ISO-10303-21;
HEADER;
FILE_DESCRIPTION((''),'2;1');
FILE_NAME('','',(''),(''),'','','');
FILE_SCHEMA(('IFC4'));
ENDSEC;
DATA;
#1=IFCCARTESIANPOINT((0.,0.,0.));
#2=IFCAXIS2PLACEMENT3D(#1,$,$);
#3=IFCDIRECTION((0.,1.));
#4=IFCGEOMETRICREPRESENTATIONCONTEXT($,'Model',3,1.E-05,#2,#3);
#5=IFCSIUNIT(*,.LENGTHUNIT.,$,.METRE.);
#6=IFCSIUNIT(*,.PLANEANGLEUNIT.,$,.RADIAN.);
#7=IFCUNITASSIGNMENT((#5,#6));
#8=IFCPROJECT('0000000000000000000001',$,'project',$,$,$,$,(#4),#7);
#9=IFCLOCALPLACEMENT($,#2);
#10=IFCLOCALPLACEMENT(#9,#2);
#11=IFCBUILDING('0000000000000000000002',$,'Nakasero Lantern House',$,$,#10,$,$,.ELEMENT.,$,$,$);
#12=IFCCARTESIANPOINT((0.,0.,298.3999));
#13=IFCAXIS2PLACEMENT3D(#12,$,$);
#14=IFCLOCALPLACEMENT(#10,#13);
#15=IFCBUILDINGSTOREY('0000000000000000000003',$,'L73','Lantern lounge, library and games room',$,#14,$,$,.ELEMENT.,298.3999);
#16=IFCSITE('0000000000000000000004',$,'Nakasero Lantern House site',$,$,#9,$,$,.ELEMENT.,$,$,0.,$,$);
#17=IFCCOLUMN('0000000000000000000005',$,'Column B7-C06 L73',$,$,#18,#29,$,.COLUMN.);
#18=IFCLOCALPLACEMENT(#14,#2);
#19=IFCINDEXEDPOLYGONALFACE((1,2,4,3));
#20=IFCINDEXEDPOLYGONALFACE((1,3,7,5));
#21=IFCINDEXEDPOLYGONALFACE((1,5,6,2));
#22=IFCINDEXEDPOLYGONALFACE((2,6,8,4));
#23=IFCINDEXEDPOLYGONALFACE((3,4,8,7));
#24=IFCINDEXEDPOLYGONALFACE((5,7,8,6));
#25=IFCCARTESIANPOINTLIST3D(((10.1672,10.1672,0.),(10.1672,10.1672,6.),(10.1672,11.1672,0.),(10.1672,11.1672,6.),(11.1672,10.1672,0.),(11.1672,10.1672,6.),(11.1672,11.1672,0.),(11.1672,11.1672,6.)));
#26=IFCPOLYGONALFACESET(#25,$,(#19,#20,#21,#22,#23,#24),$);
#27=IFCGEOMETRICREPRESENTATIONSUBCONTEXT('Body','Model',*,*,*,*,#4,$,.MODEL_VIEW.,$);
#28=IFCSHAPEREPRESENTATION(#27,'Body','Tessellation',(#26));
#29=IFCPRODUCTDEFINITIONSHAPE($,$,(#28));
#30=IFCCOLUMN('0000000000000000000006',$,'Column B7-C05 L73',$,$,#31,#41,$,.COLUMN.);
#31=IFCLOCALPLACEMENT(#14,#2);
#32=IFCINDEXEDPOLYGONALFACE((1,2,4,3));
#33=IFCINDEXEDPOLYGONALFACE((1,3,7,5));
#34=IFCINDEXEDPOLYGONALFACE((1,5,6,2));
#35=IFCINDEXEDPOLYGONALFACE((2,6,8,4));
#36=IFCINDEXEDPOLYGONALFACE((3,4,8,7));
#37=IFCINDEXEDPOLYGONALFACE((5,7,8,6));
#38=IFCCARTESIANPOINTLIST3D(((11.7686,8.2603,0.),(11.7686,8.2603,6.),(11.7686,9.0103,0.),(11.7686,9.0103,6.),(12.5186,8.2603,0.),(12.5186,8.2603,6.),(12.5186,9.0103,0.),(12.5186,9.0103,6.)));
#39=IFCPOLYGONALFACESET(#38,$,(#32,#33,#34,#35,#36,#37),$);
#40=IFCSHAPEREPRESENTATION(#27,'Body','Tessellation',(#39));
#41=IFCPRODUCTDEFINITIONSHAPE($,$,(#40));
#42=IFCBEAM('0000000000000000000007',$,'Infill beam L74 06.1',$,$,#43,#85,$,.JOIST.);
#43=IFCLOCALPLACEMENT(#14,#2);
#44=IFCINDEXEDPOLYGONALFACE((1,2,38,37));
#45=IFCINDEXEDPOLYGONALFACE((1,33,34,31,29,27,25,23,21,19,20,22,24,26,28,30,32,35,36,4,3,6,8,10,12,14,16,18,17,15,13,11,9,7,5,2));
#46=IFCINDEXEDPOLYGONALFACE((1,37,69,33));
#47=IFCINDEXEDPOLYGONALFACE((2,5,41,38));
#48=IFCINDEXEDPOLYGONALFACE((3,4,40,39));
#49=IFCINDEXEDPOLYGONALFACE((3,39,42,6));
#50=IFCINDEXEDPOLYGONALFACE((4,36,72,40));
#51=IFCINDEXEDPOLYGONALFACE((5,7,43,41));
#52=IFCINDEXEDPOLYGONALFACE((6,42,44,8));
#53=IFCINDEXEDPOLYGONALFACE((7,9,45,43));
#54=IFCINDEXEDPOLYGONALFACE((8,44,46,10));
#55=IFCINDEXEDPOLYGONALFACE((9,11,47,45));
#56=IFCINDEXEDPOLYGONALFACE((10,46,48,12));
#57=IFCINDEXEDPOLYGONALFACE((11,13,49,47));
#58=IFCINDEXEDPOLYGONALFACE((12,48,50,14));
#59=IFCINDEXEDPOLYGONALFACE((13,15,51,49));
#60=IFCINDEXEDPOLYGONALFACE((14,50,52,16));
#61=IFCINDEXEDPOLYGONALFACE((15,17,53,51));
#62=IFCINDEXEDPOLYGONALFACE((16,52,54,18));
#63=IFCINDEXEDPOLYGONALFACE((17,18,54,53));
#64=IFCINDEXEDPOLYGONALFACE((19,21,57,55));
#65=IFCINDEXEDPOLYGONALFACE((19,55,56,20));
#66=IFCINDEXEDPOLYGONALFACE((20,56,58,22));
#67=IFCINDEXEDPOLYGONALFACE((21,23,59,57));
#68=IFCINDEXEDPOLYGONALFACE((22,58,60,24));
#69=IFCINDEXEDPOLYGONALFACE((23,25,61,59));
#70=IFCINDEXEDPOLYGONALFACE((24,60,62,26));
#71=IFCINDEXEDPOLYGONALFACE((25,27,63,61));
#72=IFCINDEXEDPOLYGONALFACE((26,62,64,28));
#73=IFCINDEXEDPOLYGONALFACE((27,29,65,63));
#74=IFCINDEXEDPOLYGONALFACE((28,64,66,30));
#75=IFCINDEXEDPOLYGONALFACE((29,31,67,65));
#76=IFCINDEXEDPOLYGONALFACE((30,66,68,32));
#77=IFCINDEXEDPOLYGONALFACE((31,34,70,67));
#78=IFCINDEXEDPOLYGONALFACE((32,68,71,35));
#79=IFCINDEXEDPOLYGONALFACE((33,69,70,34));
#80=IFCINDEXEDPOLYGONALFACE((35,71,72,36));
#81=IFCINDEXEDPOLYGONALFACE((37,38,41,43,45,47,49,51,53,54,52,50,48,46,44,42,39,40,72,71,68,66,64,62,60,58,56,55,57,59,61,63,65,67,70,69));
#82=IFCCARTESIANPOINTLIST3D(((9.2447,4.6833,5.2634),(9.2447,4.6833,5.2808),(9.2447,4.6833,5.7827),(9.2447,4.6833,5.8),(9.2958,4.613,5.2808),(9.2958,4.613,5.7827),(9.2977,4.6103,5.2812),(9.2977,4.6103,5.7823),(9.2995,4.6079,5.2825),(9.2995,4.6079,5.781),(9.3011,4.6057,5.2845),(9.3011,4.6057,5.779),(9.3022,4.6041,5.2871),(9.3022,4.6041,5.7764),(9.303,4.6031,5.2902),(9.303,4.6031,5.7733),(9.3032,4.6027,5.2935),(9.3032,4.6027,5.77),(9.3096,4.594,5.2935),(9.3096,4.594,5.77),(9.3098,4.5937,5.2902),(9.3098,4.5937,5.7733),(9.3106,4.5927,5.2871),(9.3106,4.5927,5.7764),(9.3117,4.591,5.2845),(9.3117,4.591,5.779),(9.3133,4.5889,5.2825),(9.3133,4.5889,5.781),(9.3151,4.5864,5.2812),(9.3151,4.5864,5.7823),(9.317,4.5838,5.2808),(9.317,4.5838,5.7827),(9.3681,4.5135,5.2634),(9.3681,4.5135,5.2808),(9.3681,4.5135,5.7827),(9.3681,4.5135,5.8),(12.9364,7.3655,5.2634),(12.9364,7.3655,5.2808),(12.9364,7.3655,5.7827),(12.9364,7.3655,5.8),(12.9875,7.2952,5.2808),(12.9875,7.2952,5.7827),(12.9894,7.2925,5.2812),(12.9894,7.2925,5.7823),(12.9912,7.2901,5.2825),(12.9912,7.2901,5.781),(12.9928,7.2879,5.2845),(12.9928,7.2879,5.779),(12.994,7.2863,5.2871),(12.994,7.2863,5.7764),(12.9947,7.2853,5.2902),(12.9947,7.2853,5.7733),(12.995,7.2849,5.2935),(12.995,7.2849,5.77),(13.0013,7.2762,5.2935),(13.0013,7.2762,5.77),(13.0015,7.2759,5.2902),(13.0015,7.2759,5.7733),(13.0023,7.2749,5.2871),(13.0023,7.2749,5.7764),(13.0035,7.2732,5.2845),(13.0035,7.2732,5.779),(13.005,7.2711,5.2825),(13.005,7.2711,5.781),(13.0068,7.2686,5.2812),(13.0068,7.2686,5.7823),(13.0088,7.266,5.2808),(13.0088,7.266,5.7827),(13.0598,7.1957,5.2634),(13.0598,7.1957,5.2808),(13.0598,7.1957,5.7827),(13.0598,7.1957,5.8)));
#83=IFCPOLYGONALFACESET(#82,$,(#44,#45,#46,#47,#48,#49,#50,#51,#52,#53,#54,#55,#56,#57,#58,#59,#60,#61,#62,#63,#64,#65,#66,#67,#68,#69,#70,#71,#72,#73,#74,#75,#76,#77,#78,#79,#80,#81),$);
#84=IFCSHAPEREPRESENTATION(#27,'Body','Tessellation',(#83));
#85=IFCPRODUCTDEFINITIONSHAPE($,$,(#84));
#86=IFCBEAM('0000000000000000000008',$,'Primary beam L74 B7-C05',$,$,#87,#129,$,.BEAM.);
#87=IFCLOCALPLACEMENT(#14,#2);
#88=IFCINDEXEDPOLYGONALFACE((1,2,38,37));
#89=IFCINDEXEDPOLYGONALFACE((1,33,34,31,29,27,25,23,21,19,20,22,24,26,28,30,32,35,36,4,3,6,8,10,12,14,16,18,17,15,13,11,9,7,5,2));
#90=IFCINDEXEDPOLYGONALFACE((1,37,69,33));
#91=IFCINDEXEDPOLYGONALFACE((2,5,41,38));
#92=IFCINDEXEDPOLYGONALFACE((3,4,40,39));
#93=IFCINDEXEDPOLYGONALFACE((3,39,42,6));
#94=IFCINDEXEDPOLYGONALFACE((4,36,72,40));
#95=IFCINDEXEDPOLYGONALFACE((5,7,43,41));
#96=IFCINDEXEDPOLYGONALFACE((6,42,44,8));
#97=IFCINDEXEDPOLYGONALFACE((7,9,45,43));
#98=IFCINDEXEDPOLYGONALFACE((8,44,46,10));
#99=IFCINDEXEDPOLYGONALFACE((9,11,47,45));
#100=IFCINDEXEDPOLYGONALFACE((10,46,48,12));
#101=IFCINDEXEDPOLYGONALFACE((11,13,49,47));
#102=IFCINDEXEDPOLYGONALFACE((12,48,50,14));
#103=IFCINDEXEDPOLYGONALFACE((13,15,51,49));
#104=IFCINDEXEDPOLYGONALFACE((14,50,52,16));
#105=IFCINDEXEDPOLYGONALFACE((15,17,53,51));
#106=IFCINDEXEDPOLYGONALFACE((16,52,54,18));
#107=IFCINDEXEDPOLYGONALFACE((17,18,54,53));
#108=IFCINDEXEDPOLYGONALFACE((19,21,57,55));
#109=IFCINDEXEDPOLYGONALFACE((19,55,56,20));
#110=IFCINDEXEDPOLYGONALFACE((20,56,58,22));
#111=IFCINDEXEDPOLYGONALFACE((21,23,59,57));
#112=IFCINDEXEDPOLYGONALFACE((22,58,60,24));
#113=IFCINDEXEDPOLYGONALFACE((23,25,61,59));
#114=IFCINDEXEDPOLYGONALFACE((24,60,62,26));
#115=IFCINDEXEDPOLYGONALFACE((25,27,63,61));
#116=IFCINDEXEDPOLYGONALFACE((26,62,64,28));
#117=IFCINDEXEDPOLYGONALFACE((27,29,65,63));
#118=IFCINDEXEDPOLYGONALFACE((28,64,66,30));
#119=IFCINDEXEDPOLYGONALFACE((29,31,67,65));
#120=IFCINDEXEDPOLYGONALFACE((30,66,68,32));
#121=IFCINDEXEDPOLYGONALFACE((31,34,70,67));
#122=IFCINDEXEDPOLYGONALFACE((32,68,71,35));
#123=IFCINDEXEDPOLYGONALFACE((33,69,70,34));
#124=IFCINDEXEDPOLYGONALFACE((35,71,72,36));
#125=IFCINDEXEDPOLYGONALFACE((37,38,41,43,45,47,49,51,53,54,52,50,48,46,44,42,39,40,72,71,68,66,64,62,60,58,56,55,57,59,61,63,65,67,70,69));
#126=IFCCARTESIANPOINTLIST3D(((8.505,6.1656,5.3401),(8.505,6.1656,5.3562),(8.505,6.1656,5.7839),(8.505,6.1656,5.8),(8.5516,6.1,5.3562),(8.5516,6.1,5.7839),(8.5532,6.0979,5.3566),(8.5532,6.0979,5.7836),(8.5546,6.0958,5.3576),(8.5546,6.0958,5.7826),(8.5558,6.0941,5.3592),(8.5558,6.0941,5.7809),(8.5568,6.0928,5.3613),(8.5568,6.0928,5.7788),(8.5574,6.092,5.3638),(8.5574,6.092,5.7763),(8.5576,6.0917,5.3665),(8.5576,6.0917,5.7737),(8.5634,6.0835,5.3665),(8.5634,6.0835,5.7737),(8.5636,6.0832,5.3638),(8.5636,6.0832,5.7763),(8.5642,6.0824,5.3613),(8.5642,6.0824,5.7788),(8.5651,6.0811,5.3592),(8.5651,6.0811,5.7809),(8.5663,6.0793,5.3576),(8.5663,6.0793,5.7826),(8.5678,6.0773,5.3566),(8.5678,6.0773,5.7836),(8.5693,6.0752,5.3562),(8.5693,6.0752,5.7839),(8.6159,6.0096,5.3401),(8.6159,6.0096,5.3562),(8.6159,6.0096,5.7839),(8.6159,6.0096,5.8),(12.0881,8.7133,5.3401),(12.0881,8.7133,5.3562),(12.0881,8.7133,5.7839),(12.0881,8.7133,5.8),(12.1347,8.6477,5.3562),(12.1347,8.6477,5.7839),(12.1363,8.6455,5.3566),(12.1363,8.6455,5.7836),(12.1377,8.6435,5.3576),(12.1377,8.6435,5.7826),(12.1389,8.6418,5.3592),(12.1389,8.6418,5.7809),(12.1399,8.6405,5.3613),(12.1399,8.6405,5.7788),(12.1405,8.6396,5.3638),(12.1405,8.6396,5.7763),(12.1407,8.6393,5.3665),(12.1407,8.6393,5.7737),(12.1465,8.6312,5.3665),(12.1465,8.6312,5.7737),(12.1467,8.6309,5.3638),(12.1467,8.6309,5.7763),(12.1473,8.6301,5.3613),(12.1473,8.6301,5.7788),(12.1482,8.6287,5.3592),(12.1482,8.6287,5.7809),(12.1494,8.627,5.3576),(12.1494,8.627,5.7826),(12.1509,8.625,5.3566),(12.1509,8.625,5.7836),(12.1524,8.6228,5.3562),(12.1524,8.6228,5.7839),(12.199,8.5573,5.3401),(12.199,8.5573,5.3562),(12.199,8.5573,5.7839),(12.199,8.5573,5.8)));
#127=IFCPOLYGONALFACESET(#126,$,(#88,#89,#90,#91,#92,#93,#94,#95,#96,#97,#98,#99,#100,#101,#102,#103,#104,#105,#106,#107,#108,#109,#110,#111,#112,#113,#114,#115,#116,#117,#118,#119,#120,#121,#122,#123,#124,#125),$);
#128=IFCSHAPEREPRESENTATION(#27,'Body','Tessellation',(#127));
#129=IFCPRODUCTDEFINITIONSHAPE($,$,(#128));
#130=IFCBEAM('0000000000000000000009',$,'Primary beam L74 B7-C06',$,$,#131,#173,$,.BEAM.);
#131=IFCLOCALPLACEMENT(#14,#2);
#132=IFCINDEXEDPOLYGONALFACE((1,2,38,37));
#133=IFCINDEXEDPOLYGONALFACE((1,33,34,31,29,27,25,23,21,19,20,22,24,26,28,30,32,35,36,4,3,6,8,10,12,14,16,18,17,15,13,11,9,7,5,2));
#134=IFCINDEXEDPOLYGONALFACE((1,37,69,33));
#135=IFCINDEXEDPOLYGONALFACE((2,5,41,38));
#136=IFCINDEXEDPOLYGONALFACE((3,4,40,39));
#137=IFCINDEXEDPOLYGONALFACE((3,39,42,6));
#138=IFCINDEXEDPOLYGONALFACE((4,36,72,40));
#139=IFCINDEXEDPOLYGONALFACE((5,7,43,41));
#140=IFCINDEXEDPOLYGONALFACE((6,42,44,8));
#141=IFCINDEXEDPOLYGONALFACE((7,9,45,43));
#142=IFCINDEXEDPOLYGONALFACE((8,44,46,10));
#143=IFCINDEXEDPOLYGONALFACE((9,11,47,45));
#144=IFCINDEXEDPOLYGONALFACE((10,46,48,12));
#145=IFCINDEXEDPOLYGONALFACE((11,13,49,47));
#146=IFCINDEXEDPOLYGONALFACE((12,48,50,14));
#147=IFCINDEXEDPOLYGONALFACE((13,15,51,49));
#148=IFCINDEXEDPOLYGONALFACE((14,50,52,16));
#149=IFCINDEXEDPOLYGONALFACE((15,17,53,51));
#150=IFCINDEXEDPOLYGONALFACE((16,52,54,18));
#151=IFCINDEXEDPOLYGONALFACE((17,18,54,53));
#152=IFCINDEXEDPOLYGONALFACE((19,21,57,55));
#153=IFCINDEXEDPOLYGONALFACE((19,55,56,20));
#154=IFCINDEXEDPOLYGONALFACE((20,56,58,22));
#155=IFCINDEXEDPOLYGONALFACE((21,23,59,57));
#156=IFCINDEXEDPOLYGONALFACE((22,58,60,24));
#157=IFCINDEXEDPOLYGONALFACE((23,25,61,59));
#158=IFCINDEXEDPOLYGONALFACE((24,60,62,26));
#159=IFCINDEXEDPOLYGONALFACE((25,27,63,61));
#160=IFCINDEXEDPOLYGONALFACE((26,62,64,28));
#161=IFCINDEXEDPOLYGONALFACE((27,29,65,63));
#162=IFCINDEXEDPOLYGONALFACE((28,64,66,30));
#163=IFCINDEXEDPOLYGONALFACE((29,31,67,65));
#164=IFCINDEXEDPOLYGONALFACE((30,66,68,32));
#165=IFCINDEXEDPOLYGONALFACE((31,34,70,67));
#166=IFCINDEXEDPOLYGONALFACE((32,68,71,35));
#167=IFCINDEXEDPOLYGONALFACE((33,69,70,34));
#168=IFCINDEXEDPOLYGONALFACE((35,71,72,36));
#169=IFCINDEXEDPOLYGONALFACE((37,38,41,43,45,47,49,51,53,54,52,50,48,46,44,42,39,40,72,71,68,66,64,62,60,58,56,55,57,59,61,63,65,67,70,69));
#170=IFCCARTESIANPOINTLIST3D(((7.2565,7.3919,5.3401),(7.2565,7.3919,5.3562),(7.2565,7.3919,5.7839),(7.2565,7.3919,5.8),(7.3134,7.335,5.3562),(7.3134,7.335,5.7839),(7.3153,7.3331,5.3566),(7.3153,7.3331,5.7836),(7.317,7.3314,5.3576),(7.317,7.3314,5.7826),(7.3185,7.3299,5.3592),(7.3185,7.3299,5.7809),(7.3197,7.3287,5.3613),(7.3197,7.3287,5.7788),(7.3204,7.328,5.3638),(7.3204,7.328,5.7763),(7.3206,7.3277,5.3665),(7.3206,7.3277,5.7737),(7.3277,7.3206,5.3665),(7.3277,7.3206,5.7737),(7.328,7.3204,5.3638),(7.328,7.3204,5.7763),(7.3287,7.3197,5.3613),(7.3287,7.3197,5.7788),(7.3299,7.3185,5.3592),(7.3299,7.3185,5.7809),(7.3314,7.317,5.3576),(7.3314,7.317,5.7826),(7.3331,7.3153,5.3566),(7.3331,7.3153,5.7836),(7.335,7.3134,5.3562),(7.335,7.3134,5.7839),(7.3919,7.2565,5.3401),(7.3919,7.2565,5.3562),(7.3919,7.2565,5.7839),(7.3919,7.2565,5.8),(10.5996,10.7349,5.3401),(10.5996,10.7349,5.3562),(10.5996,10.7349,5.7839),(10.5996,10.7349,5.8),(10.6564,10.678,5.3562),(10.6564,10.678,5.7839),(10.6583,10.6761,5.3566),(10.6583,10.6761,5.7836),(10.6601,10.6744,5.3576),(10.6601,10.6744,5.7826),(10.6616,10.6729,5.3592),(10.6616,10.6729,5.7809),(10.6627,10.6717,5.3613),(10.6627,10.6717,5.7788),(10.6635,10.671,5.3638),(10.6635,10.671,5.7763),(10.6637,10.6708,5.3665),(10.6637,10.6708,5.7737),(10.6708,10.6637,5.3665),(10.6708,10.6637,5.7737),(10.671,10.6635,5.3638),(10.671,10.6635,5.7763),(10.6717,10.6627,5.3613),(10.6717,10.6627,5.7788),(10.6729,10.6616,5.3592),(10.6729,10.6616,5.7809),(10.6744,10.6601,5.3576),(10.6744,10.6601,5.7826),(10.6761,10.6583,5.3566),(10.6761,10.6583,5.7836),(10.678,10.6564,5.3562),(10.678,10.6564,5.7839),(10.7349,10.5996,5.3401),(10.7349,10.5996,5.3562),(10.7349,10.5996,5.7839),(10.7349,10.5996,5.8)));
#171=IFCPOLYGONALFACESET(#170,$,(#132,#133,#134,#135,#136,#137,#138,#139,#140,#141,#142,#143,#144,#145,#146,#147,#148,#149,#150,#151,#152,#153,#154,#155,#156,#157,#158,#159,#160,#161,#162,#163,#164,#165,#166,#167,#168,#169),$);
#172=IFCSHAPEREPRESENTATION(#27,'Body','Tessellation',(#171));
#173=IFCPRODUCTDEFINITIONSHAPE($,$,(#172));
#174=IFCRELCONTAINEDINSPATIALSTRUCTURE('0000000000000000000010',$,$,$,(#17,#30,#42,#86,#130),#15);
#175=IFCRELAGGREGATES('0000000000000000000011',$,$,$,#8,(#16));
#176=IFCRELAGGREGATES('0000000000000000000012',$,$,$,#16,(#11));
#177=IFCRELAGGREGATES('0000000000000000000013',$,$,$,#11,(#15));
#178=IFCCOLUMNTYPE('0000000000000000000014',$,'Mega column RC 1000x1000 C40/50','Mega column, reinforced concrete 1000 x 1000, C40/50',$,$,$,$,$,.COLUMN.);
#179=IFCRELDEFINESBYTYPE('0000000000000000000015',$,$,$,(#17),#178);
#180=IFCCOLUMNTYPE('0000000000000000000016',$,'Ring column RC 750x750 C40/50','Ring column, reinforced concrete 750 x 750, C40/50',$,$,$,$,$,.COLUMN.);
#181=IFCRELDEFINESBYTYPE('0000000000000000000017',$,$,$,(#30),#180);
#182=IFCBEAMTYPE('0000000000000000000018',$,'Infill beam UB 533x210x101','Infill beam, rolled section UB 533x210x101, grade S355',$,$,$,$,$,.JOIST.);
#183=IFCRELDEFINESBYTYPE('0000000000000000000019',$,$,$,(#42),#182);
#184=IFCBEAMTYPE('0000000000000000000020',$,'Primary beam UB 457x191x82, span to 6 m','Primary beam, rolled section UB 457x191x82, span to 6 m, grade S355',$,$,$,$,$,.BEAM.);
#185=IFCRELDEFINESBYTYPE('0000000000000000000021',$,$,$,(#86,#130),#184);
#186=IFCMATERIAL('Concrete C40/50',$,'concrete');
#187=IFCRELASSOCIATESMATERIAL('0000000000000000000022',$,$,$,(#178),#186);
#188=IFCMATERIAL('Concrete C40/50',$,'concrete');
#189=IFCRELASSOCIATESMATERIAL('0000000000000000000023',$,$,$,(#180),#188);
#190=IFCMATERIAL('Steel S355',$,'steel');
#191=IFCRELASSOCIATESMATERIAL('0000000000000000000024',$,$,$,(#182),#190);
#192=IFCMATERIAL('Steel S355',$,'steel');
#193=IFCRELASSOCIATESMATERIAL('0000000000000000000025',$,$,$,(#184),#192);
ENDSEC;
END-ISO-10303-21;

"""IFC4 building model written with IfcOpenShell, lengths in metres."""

from ifc_helpers import new_model, si_unit, direction, frame, origin, origin_2d, place, context, subcontext, project, spatial, rectangle, i_section, extrude, material, material_profile, profile_set, type_object, element, save


model = new_model("IFC4")

# Units and contexts
model_context = context("Model", 3, precision=1e-05, world=origin(), true_north=direction((0.0, 1.0)))
body_context = subcontext(model_context, "Body", "Model", "MODEL_VIEW")
ifc_project = project(units=[si_unit("LENGTHUNIT", "METRE"), si_unit("PLANEANGLEUNIT", "RADIAN")], contexts=[model_context])

# Site, building, storey
site_placement = place(None, origin())
site = spatial("IfcSite", under=ifc_project, at=site_placement, Name="Nakasero Lantern House site", CompositionType="ELEMENT", RefElevation=0.0)
building_placement = place(site_placement, origin())
building = spatial("IfcBuilding", under=site, at=building_placement, Name="Nakasero Lantern House", CompositionType="ELEMENT")
storey_placement = place(building_placement, frame((0.0, 0.0, 298.3999)))
storey = spatial("IfcBuildingStorey", under=building, at=storey_placement, Name="L73", Description="Lantern lounge, library and games room", CompositionType="ELEMENT", Elevation=298.3999)

# Columns
ifc_material_1 = material(Name="Concrete C40/50", Category="concrete")
ifc_material_profile_1 = material_profile(ifc_material_1, rectangle(XDim=1.0, YDim=1.0, at=origin_2d()), Name="RC 1000x1000")
ifc_profile_set_1 = profile_set([ifc_material_profile_1], Name="Concrete C40/50")
column_type_1 = type_object("IfcColumnType", Name="Mega column RC 1000x1000 C40/50", Description="Mega column, reinforced concrete 1000 x 1000, C40/50", PredefinedType="COLUMN", material=ifc_profile_set_1)
column_1_placement = place(storey_placement, frame((10.6672, 10.6672, 0.0), z_axis=(0.0, 0.0, 1.0), x_axis=(1.0, 0.0, 0.0)))
element("IfcColumn", 1, at=column_1_placement, inside=storey, type_object=column_type_1, Name="Column B7-C06 L73", PredefinedType="COLUMN", context=body_context, shape_type="SweptSolid", body=[
    extrude(rectangle(XDim=1.0, YDim=1.0, at=origin_2d()), origin(), (0.0, 0.0, 1.0), 6.0),
])
ifc_material_2 = material(Name="Concrete C40/50", Category="concrete")
ifc_material_profile_2 = material_profile(ifc_material_2, rectangle(XDim=0.75, YDim=0.75, at=origin_2d()), Name="RC 750x750")
ifc_profile_set_2 = profile_set([ifc_material_profile_2], Name="Concrete C40/50")
column_type_2 = type_object("IfcColumnType", Name="Ring column RC 750x750 C40/50", Description="Ring column, reinforced concrete 750 x 750, C40/50", PredefinedType="COLUMN", material=ifc_profile_set_2)
column_2_placement = place(storey_placement, frame((12.1436, 8.6353, 0.0), z_axis=(0.0, 0.0, 1.0), x_axis=(1.0, 0.0, 0.0)))
element("IfcColumn", 2, at=column_2_placement, inside=storey, type_object=column_type_2, Name="Column B7-C05 L73", PredefinedType="COLUMN", context=body_context, shape_type="SweptSolid", body=[
    extrude(rectangle(XDim=0.75, YDim=0.75, at=origin_2d()), origin(), (0.0, 0.0, 1.0), 6.0),
])

# Beams
ifc_material_3 = material(Name="Steel S355", Category="steel")
ifc_material_profile_3 = material_profile(ifc_material_3, i_section(OverallWidth=0.21, OverallDepth=0.5366, WebThickness=0.0107, FlangeThickness=0.0173, FilletRadius=0.0127, at=origin_2d()), Name="UB 533x210x101")
ifc_profile_set_3 = profile_set([ifc_material_profile_3], Name="Steel S355")
beam_type_1 = type_object("IfcBeamType", Name="Infill beam UB 533x210x101", Description="Infill beam, rolled section UB 533x210x101, grade S355", PredefinedType="JOIST", material=ifc_profile_set_3)
beam_1_placement = place(storey_placement, frame((9.3064, 4.5984, 5.5317), z_axis=(0.809018, 0.587784, 0.0), x_axis=(-0.587784, 0.809018, 0.0)))
element("IfcBeam", 3, at=beam_1_placement, inside=storey, type_object=beam_type_1, Name="Infill beam L74 06.1", PredefinedType="JOIST", context=body_context, shape_type="SweptSolid", body=[
    extrude(i_section(OverallWidth=0.21, OverallDepth=0.5366, WebThickness=0.0107, FlangeThickness=0.0173, FilletRadius=0.0127, at=origin_2d()), origin(), (0.0, 0.0, 1.0), 4.5632),
])
ifc_material_4 = material(Name="Steel S355", Category="steel")
ifc_material_profile_4 = material_profile(ifc_material_4, i_section(OverallWidth=0.1914, OverallDepth=0.46, WebThickness=0.01, FlangeThickness=0.0161, FilletRadius=0.0103, at=origin_2d()), Name="UB 457x191x82")
ifc_profile_set_4 = profile_set([ifc_material_profile_4], Name="Steel S355")
beam_type_2 = type_object("IfcBeamType", Name="Primary beam UB 457x191x82, span to 6 m", Description="Primary beam, rolled section UB 457x191x82, span to 6 m, grade S355", PredefinedType="BEAM", material=ifc_profile_set_4)
beam_2_placement = place(storey_placement, frame((12.1436, 8.6353, 5.5701), z_axis=(-0.814989, -0.579477, 0.0), x_axis=(0.579477, -0.814989, 0.0)))
element("IfcBeam", 4, at=beam_2_placement, inside=storey, type_object=beam_type_2, Name="Primary beam L74 B7-C05", PredefinedType="BEAM", context=body_context, shape_type="SweptSolid", body=[
    extrude(i_section(OverallWidth=0.1914, OverallDepth=0.46, WebThickness=0.01, FlangeThickness=0.0161, FilletRadius=0.0103, at=origin_2d()), origin(), (0.0, 0.0, 1.0), 4.3965),
])
beam_3_placement = place(storey_placement, frame((10.6672, 10.6672, 5.5701), z_axis=(-0.707107, -0.707107, 0.0), x_axis=(0.707107, -0.707107, 0.0)))
element("IfcBeam", 5, at=beam_3_placement, inside=storey, type_object=beam_type_2, Name="Primary beam L74 B7-C06", PredefinedType="BEAM", context=body_context, shape_type="SweptSolid", body=[
    extrude(i_section(OverallWidth=0.1914, OverallDepth=0.46, WebThickness=0.01, FlangeThickness=0.0161, FilletRadius=0.0103, at=origin_2d()), origin(), (0.0, 0.0, 1.0), 4.7278),
])

save(model, "model.ifc")
